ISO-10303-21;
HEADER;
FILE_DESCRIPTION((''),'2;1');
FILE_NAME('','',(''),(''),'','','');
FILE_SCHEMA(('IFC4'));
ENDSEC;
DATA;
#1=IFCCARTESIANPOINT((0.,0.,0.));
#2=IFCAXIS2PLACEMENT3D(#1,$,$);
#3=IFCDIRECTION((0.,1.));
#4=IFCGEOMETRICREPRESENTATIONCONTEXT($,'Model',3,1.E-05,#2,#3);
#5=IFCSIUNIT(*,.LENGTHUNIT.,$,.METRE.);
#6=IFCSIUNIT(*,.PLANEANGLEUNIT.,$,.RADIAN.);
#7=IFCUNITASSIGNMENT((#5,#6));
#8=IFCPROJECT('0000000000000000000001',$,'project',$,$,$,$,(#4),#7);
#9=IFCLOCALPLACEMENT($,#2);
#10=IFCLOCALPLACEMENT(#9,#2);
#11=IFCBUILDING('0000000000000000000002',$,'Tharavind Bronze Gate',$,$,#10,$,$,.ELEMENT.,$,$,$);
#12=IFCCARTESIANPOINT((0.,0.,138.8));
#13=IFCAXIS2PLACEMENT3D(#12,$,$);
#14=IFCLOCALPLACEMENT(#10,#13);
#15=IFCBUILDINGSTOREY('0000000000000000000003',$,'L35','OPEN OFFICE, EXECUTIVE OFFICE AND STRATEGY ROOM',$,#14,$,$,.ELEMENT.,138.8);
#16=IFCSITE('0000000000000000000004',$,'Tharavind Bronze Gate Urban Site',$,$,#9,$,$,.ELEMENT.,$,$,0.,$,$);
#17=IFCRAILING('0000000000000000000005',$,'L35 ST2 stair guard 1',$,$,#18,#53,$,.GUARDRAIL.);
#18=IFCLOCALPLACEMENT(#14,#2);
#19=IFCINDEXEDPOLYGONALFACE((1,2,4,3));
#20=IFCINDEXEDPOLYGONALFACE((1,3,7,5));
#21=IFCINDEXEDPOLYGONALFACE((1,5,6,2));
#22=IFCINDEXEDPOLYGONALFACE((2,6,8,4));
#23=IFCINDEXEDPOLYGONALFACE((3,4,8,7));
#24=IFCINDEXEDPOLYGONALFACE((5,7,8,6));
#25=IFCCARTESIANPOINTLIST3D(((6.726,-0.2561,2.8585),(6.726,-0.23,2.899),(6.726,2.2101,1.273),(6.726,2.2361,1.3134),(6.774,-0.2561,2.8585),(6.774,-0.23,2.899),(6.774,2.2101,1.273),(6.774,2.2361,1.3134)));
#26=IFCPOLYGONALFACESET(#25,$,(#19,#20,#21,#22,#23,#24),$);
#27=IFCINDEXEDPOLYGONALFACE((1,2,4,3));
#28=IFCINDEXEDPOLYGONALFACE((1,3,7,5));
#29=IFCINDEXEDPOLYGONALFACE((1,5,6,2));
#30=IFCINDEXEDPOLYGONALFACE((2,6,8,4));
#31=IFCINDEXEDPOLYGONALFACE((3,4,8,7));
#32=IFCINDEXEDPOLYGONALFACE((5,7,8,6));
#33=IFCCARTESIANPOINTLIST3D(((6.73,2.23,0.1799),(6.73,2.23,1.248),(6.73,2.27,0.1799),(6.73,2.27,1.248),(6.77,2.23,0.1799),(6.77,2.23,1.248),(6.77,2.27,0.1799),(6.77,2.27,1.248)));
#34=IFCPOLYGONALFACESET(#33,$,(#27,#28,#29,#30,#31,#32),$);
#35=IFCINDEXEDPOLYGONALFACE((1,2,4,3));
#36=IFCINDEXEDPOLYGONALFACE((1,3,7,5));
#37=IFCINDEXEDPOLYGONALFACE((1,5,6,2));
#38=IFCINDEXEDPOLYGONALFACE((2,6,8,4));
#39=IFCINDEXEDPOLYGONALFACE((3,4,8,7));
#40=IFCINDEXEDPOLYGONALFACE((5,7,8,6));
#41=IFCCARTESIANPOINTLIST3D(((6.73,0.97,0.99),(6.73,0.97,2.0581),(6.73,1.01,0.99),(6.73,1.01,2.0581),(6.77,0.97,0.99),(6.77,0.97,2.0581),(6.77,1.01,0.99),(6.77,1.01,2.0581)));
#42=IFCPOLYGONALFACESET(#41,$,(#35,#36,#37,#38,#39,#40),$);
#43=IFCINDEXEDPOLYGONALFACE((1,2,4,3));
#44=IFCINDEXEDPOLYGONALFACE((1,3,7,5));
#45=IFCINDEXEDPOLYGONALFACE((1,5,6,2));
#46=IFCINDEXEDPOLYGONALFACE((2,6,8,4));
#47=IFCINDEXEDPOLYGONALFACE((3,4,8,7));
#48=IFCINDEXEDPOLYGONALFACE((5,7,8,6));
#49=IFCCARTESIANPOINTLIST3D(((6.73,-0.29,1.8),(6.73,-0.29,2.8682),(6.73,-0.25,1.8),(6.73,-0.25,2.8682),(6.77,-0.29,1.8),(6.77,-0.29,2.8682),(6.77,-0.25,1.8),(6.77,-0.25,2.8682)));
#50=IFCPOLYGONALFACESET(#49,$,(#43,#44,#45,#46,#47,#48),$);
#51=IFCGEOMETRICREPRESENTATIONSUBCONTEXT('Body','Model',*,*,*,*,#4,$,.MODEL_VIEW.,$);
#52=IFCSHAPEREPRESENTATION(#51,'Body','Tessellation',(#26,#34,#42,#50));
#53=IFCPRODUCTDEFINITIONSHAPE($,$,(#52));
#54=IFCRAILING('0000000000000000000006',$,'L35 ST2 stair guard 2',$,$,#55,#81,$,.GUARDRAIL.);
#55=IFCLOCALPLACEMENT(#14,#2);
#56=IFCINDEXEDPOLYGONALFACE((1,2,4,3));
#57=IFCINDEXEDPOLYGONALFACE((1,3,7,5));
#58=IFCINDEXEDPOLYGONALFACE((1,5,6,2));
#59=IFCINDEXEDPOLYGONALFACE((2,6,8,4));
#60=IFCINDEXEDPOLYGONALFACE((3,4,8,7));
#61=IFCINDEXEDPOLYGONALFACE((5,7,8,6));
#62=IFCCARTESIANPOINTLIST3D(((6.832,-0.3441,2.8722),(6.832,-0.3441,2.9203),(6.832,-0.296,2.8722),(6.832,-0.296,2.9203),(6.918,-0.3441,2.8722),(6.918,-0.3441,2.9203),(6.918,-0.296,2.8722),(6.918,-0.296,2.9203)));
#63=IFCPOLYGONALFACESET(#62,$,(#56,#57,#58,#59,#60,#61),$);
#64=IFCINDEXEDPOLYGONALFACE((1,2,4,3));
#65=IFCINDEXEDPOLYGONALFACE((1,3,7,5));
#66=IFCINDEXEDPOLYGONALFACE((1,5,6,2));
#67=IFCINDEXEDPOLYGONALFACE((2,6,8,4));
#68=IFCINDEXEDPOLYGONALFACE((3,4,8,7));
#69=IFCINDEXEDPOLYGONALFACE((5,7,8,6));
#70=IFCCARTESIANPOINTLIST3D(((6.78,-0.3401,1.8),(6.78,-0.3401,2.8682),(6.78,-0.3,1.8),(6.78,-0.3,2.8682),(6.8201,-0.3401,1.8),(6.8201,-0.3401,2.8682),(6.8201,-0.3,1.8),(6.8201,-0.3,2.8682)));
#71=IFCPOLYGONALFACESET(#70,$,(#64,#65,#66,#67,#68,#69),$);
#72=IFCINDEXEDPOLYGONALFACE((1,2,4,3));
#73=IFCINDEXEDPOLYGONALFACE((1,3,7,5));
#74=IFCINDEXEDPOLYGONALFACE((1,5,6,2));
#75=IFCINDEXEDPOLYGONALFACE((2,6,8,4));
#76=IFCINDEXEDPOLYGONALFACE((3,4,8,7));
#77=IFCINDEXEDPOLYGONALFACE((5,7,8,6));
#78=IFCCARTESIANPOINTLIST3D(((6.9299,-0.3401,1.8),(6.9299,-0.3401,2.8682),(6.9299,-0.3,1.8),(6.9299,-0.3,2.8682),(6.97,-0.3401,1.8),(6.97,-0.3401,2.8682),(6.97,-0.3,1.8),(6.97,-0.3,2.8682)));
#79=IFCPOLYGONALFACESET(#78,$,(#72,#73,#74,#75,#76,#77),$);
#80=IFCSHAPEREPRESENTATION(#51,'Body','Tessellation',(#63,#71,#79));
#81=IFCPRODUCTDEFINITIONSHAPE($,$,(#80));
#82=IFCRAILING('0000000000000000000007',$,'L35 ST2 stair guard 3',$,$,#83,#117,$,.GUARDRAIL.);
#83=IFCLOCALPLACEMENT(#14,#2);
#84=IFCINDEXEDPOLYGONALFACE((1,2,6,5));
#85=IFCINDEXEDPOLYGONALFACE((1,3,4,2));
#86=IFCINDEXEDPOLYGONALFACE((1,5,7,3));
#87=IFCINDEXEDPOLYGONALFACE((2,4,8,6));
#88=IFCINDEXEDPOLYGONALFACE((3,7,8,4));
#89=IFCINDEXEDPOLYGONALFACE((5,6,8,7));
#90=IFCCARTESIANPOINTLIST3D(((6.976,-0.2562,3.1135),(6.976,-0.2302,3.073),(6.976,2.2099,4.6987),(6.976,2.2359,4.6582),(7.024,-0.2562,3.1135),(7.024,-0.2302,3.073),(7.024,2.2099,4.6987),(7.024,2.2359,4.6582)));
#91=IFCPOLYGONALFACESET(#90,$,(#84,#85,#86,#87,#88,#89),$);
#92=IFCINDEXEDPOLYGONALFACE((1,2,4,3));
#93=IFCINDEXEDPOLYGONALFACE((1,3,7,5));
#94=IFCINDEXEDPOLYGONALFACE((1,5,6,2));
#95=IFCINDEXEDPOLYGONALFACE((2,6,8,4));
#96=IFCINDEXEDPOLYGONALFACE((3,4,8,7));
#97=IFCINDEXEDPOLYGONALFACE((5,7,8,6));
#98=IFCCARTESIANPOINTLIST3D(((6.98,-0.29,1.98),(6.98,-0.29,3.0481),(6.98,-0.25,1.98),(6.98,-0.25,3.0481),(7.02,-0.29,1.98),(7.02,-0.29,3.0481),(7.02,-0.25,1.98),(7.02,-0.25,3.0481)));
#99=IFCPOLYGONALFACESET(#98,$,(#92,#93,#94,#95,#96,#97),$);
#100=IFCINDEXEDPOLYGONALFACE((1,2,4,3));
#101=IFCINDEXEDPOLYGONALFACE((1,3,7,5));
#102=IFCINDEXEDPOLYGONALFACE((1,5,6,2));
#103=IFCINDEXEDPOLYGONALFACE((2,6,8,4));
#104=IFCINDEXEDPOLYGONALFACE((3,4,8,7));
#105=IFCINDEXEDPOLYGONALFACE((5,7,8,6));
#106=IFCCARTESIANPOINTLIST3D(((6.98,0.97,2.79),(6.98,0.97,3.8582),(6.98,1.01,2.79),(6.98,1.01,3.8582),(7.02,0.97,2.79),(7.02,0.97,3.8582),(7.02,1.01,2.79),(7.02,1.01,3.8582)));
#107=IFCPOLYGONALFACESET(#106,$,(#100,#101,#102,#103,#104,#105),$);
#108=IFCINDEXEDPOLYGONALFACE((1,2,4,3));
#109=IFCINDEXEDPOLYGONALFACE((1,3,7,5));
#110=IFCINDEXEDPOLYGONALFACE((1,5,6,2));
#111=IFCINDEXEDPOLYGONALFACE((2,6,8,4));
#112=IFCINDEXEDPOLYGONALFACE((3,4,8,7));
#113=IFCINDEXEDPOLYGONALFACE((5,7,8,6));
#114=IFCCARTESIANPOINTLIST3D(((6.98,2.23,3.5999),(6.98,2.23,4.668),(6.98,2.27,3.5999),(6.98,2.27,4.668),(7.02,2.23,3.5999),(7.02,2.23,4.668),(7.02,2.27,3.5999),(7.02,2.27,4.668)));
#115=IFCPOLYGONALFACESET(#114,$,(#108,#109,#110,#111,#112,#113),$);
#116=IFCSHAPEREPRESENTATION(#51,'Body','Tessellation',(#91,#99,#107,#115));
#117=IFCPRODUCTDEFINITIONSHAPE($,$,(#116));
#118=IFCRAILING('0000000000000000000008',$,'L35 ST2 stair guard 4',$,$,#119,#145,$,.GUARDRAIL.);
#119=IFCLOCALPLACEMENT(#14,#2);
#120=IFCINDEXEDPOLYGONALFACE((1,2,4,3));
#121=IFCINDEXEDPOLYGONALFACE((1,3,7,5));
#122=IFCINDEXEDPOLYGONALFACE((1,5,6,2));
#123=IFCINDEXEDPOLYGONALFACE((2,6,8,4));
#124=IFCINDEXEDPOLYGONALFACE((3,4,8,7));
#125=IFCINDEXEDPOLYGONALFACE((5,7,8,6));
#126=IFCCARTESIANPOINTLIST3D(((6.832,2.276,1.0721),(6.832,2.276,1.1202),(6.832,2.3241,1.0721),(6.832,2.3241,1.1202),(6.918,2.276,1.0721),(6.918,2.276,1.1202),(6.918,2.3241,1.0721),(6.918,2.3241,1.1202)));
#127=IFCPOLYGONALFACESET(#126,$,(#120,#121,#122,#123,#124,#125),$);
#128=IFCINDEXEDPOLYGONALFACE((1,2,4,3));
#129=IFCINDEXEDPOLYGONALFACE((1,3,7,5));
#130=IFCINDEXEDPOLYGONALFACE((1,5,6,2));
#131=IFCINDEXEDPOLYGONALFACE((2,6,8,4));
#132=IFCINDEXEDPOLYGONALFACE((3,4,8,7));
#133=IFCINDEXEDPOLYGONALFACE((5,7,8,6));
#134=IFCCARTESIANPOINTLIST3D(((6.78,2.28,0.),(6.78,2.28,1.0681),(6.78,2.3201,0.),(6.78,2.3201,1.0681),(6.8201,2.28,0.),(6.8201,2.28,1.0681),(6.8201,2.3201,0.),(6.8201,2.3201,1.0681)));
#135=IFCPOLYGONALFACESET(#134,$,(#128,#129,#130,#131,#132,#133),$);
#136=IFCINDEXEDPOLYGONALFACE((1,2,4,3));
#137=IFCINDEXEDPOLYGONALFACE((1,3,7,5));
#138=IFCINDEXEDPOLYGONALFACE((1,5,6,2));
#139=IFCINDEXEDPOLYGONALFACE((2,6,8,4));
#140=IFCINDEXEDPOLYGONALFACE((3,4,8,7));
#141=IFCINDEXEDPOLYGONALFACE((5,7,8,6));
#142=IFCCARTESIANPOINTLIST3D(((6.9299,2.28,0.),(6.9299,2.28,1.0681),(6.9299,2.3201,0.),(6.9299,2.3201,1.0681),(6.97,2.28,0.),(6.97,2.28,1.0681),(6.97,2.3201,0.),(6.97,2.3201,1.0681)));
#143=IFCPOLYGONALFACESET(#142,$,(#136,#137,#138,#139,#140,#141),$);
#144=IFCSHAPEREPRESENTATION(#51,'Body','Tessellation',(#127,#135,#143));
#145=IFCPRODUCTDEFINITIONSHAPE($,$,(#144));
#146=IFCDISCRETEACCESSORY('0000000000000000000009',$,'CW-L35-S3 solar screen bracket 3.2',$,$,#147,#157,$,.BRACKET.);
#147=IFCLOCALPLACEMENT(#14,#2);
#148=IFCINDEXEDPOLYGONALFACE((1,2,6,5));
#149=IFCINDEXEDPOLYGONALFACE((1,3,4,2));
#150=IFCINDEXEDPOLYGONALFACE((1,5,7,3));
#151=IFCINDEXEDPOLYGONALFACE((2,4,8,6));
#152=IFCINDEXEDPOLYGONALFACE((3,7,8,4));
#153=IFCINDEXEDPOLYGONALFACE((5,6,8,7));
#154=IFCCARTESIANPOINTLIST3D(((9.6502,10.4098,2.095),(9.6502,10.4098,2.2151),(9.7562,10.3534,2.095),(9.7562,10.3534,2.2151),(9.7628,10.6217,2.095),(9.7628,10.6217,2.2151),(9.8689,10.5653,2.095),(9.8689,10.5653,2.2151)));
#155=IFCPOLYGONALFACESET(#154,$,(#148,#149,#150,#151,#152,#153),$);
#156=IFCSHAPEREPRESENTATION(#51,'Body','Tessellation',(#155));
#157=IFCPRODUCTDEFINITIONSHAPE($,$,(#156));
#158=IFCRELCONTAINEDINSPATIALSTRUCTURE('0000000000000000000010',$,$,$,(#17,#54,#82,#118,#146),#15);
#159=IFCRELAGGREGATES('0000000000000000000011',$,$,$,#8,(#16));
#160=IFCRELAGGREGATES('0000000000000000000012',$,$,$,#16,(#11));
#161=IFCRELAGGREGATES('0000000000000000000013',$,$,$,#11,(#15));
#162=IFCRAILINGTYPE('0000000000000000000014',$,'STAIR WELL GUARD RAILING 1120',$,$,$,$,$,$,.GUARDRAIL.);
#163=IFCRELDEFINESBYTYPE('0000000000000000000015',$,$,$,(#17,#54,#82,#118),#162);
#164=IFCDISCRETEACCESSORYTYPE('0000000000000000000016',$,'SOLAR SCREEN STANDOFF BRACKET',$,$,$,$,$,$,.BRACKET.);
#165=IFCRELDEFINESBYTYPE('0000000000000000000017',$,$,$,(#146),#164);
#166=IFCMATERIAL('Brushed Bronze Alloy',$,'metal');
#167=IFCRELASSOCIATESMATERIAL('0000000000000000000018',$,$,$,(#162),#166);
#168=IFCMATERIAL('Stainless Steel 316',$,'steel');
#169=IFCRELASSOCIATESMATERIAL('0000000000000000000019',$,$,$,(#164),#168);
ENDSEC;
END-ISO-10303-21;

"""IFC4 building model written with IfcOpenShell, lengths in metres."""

from ifc_helpers import new_model, si_unit, direction, frame, origin, origin_2d, place, context, subcontext, project, spatial, rectangle, extrude, material, type_object, element, save


model = new_model("IFC4")

# Units and contexts
model_context = context("Model", 3, precision=1e-05, world=origin(), true_north=direction((0.0, 1.0)))
body_context = subcontext(model_context, "Body", "Model", "MODEL_VIEW")
ifc_project = project(units=[si_unit("LENGTHUNIT", "METRE"), si_unit("PLANEANGLEUNIT", "RADIAN")], contexts=[model_context])

# Site, building, storey
site_placement = place(None, origin())
site = spatial("IfcSite", under=ifc_project, at=site_placement, Name="Tharavind Bronze Gate Urban Site", CompositionType="ELEMENT", RefElevation=0.0)
building_placement = place(site_placement, origin())
building = spatial("IfcBuilding", under=site, at=building_placement, Name="Tharavind Bronze Gate", CompositionType="ELEMENT")
storey_placement = place(building_placement, frame((0.0, 0.0, 138.8)))
storey = spatial("IfcBuildingStorey", under=building, at=storey_placement, Name="L35", Description="OPEN OFFICE, EXECUTIVE OFFICE AND STRATEGY ROOM", CompositionType="ELEMENT", Elevation=138.8)

# Railings
ifc_material_1 = material(Name="Brushed Bronze Alloy", Category="metal")
railing_type_1 = type_object("IfcRailingType", Name="STAIR WELL GUARD RAILING 1120", PredefinedType="GUARDRAIL", material=ifc_material_1)
railing_1_placement = place(storey_placement, frame((6.75, 2.25, 0.1799)))
element("IfcRailing", 1, at=railing_1_placement, inside=storey, type_object=railing_type_1, Name="L35 ST2 stair guard 1", PredefinedType="GUARDRAIL", context=body_context, shape_type="SweptSolid", body=[
    extrude(rectangle(XDim=0.0481, YDim=0.0481, at=origin_2d()), frame((0.0, -0.0269, 1.1133), z_axis=(0.0, -0.841163, 0.540782), x_axis=(1.0, 0.0, 0.0)), (0.0, 0.0, 1.0), 2.9319),
    extrude(rectangle(XDim=0.04, YDim=0.04, at=origin_2d()), origin(), (0.0, 0.0, 1.0), 1.0681),
    extrude(rectangle(XDim=0.04, YDim=0.04, at=origin_2d()), frame((0.0, -1.26, 0.8101)), (0.0, 0.0, 1.0), 1.0681),
    extrude(rectangle(XDim=0.04, YDim=0.04, at=origin_2d()), frame((0.0, -2.52, 1.6201)), (0.0, 0.0, 1.0), 1.0681),
])
railing_2_placement = place(storey_placement, frame((6.8, -0.3201, 1.8)))
element("IfcRailing", 2, at=railing_2_placement, inside=storey, type_object=railing_type_1, Name="L35 ST2 stair guard 2", PredefinedType="GUARDRAIL", context=body_context, shape_type="SweptSolid", body=[
    extrude(rectangle(XDim=0.0481, YDim=0.0481, at=origin_2d()), frame((0.032, 0.0, 1.0962), z_axis=(1.0, 0.0, 0.0), x_axis=(0.0, 1.0, 0.0)), (0.0, 0.0, 1.0), 0.0859),
    extrude(rectangle(XDim=0.04, YDim=0.04, at=origin_2d()), origin(), (0.0, 0.0, 1.0), 1.0681),
    extrude(rectangle(XDim=0.04, YDim=0.04, at=origin_2d()), frame((0.1499, 0.0, 0.0)), (0.0, 0.0, 1.0), 1.0681),
])
railing_3_placement = place(storey_placement, frame((7.0, -0.27, 1.98)))
element("IfcRailing", 3, at=railing_3_placement, inside=storey, type_object=railing_type_1, Name="L35 ST2 stair guard 3", PredefinedType="GUARDRAIL", context=body_context, shape_type="SweptSolid", body=[
    extrude(rectangle(XDim=0.0481, YDim=0.0481, at=origin_2d()), frame((0.0, 0.0269, 1.1133), z_axis=(0.0, 0.8412, 0.540725), x_axis=(-1.0, 0.0, 0.0)), (0.0, 0.0, 1.0), 2.9316),
    extrude(rectangle(XDim=0.04, YDim=0.04, at=origin_2d()), origin(), (0.0, 0.0, 1.0), 1.0681),
    extrude(rectangle(XDim=0.04, YDim=0.04, at=origin_2d()), frame((0.0, 1.26, 0.8101)), (0.0, 0.0, 1.0), 1.0681),
    extrude(rectangle(XDim=0.04, YDim=0.04, at=origin_2d()), frame((0.0, 2.52, 1.6199)), (0.0, 0.0, 1.0), 1.0681),
])
railing_4_placement = place(storey_placement, frame((6.8, 2.3, 0.0)))
element("IfcRailing", 4, at=railing_4_placement, inside=storey, type_object=railing_type_1, Name="L35 ST2 stair guard 4", PredefinedType="GUARDRAIL", context=body_context, shape_type="SweptSolid", body=[
    extrude(rectangle(XDim=0.0481, YDim=0.0481, at=origin_2d()), frame((0.032, 0.0, 1.0962), z_axis=(1.0, 0.0, 0.0), x_axis=(0.0, 1.0, 0.0)), (0.0, 0.0, 1.0), 0.0859),
    extrude(rectangle(XDim=0.04, YDim=0.04, at=origin_2d()), origin(), (0.0, 0.0, 1.0), 1.0681),
    extrude(rectangle(XDim=0.04, YDim=0.04, at=origin_2d()), frame((0.1499, 0.0, 0.0)), (0.0, 0.0, 1.0), 1.0681),
])

# Discrete accessory
ifc_material_2 = material(Name="Stainless Steel 316", Category="steel")
discrete_accessory_type = type_object("IfcDiscreteAccessoryType", Name="SOLAR SCREEN STANDOFF BRACKET", PredefinedType="BRACKET", material=ifc_material_2)
discrete_accessory_placement = place(storey_placement, frame((9.7595, 10.4875, 2.095), z_axis=(0.0, 0.0, 1.0), x_axis=(-0.882948, 0.469472, 0.0)))
element("IfcDiscreteAccessory", 5, at=discrete_accessory_placement, inside=storey, type_object=discrete_accessory_type, Name="CW-L35-S3 solar screen bracket 3.2", PredefinedType="BRACKET", context=body_context, shape_type="SweptSolid", body=[
    extrude(rectangle(XDim=0.1201, YDim=0.24, at=origin_2d()), origin(), (0.0, 0.0, 1.0), 0.1201),
])

save(model, "model.ifc")
